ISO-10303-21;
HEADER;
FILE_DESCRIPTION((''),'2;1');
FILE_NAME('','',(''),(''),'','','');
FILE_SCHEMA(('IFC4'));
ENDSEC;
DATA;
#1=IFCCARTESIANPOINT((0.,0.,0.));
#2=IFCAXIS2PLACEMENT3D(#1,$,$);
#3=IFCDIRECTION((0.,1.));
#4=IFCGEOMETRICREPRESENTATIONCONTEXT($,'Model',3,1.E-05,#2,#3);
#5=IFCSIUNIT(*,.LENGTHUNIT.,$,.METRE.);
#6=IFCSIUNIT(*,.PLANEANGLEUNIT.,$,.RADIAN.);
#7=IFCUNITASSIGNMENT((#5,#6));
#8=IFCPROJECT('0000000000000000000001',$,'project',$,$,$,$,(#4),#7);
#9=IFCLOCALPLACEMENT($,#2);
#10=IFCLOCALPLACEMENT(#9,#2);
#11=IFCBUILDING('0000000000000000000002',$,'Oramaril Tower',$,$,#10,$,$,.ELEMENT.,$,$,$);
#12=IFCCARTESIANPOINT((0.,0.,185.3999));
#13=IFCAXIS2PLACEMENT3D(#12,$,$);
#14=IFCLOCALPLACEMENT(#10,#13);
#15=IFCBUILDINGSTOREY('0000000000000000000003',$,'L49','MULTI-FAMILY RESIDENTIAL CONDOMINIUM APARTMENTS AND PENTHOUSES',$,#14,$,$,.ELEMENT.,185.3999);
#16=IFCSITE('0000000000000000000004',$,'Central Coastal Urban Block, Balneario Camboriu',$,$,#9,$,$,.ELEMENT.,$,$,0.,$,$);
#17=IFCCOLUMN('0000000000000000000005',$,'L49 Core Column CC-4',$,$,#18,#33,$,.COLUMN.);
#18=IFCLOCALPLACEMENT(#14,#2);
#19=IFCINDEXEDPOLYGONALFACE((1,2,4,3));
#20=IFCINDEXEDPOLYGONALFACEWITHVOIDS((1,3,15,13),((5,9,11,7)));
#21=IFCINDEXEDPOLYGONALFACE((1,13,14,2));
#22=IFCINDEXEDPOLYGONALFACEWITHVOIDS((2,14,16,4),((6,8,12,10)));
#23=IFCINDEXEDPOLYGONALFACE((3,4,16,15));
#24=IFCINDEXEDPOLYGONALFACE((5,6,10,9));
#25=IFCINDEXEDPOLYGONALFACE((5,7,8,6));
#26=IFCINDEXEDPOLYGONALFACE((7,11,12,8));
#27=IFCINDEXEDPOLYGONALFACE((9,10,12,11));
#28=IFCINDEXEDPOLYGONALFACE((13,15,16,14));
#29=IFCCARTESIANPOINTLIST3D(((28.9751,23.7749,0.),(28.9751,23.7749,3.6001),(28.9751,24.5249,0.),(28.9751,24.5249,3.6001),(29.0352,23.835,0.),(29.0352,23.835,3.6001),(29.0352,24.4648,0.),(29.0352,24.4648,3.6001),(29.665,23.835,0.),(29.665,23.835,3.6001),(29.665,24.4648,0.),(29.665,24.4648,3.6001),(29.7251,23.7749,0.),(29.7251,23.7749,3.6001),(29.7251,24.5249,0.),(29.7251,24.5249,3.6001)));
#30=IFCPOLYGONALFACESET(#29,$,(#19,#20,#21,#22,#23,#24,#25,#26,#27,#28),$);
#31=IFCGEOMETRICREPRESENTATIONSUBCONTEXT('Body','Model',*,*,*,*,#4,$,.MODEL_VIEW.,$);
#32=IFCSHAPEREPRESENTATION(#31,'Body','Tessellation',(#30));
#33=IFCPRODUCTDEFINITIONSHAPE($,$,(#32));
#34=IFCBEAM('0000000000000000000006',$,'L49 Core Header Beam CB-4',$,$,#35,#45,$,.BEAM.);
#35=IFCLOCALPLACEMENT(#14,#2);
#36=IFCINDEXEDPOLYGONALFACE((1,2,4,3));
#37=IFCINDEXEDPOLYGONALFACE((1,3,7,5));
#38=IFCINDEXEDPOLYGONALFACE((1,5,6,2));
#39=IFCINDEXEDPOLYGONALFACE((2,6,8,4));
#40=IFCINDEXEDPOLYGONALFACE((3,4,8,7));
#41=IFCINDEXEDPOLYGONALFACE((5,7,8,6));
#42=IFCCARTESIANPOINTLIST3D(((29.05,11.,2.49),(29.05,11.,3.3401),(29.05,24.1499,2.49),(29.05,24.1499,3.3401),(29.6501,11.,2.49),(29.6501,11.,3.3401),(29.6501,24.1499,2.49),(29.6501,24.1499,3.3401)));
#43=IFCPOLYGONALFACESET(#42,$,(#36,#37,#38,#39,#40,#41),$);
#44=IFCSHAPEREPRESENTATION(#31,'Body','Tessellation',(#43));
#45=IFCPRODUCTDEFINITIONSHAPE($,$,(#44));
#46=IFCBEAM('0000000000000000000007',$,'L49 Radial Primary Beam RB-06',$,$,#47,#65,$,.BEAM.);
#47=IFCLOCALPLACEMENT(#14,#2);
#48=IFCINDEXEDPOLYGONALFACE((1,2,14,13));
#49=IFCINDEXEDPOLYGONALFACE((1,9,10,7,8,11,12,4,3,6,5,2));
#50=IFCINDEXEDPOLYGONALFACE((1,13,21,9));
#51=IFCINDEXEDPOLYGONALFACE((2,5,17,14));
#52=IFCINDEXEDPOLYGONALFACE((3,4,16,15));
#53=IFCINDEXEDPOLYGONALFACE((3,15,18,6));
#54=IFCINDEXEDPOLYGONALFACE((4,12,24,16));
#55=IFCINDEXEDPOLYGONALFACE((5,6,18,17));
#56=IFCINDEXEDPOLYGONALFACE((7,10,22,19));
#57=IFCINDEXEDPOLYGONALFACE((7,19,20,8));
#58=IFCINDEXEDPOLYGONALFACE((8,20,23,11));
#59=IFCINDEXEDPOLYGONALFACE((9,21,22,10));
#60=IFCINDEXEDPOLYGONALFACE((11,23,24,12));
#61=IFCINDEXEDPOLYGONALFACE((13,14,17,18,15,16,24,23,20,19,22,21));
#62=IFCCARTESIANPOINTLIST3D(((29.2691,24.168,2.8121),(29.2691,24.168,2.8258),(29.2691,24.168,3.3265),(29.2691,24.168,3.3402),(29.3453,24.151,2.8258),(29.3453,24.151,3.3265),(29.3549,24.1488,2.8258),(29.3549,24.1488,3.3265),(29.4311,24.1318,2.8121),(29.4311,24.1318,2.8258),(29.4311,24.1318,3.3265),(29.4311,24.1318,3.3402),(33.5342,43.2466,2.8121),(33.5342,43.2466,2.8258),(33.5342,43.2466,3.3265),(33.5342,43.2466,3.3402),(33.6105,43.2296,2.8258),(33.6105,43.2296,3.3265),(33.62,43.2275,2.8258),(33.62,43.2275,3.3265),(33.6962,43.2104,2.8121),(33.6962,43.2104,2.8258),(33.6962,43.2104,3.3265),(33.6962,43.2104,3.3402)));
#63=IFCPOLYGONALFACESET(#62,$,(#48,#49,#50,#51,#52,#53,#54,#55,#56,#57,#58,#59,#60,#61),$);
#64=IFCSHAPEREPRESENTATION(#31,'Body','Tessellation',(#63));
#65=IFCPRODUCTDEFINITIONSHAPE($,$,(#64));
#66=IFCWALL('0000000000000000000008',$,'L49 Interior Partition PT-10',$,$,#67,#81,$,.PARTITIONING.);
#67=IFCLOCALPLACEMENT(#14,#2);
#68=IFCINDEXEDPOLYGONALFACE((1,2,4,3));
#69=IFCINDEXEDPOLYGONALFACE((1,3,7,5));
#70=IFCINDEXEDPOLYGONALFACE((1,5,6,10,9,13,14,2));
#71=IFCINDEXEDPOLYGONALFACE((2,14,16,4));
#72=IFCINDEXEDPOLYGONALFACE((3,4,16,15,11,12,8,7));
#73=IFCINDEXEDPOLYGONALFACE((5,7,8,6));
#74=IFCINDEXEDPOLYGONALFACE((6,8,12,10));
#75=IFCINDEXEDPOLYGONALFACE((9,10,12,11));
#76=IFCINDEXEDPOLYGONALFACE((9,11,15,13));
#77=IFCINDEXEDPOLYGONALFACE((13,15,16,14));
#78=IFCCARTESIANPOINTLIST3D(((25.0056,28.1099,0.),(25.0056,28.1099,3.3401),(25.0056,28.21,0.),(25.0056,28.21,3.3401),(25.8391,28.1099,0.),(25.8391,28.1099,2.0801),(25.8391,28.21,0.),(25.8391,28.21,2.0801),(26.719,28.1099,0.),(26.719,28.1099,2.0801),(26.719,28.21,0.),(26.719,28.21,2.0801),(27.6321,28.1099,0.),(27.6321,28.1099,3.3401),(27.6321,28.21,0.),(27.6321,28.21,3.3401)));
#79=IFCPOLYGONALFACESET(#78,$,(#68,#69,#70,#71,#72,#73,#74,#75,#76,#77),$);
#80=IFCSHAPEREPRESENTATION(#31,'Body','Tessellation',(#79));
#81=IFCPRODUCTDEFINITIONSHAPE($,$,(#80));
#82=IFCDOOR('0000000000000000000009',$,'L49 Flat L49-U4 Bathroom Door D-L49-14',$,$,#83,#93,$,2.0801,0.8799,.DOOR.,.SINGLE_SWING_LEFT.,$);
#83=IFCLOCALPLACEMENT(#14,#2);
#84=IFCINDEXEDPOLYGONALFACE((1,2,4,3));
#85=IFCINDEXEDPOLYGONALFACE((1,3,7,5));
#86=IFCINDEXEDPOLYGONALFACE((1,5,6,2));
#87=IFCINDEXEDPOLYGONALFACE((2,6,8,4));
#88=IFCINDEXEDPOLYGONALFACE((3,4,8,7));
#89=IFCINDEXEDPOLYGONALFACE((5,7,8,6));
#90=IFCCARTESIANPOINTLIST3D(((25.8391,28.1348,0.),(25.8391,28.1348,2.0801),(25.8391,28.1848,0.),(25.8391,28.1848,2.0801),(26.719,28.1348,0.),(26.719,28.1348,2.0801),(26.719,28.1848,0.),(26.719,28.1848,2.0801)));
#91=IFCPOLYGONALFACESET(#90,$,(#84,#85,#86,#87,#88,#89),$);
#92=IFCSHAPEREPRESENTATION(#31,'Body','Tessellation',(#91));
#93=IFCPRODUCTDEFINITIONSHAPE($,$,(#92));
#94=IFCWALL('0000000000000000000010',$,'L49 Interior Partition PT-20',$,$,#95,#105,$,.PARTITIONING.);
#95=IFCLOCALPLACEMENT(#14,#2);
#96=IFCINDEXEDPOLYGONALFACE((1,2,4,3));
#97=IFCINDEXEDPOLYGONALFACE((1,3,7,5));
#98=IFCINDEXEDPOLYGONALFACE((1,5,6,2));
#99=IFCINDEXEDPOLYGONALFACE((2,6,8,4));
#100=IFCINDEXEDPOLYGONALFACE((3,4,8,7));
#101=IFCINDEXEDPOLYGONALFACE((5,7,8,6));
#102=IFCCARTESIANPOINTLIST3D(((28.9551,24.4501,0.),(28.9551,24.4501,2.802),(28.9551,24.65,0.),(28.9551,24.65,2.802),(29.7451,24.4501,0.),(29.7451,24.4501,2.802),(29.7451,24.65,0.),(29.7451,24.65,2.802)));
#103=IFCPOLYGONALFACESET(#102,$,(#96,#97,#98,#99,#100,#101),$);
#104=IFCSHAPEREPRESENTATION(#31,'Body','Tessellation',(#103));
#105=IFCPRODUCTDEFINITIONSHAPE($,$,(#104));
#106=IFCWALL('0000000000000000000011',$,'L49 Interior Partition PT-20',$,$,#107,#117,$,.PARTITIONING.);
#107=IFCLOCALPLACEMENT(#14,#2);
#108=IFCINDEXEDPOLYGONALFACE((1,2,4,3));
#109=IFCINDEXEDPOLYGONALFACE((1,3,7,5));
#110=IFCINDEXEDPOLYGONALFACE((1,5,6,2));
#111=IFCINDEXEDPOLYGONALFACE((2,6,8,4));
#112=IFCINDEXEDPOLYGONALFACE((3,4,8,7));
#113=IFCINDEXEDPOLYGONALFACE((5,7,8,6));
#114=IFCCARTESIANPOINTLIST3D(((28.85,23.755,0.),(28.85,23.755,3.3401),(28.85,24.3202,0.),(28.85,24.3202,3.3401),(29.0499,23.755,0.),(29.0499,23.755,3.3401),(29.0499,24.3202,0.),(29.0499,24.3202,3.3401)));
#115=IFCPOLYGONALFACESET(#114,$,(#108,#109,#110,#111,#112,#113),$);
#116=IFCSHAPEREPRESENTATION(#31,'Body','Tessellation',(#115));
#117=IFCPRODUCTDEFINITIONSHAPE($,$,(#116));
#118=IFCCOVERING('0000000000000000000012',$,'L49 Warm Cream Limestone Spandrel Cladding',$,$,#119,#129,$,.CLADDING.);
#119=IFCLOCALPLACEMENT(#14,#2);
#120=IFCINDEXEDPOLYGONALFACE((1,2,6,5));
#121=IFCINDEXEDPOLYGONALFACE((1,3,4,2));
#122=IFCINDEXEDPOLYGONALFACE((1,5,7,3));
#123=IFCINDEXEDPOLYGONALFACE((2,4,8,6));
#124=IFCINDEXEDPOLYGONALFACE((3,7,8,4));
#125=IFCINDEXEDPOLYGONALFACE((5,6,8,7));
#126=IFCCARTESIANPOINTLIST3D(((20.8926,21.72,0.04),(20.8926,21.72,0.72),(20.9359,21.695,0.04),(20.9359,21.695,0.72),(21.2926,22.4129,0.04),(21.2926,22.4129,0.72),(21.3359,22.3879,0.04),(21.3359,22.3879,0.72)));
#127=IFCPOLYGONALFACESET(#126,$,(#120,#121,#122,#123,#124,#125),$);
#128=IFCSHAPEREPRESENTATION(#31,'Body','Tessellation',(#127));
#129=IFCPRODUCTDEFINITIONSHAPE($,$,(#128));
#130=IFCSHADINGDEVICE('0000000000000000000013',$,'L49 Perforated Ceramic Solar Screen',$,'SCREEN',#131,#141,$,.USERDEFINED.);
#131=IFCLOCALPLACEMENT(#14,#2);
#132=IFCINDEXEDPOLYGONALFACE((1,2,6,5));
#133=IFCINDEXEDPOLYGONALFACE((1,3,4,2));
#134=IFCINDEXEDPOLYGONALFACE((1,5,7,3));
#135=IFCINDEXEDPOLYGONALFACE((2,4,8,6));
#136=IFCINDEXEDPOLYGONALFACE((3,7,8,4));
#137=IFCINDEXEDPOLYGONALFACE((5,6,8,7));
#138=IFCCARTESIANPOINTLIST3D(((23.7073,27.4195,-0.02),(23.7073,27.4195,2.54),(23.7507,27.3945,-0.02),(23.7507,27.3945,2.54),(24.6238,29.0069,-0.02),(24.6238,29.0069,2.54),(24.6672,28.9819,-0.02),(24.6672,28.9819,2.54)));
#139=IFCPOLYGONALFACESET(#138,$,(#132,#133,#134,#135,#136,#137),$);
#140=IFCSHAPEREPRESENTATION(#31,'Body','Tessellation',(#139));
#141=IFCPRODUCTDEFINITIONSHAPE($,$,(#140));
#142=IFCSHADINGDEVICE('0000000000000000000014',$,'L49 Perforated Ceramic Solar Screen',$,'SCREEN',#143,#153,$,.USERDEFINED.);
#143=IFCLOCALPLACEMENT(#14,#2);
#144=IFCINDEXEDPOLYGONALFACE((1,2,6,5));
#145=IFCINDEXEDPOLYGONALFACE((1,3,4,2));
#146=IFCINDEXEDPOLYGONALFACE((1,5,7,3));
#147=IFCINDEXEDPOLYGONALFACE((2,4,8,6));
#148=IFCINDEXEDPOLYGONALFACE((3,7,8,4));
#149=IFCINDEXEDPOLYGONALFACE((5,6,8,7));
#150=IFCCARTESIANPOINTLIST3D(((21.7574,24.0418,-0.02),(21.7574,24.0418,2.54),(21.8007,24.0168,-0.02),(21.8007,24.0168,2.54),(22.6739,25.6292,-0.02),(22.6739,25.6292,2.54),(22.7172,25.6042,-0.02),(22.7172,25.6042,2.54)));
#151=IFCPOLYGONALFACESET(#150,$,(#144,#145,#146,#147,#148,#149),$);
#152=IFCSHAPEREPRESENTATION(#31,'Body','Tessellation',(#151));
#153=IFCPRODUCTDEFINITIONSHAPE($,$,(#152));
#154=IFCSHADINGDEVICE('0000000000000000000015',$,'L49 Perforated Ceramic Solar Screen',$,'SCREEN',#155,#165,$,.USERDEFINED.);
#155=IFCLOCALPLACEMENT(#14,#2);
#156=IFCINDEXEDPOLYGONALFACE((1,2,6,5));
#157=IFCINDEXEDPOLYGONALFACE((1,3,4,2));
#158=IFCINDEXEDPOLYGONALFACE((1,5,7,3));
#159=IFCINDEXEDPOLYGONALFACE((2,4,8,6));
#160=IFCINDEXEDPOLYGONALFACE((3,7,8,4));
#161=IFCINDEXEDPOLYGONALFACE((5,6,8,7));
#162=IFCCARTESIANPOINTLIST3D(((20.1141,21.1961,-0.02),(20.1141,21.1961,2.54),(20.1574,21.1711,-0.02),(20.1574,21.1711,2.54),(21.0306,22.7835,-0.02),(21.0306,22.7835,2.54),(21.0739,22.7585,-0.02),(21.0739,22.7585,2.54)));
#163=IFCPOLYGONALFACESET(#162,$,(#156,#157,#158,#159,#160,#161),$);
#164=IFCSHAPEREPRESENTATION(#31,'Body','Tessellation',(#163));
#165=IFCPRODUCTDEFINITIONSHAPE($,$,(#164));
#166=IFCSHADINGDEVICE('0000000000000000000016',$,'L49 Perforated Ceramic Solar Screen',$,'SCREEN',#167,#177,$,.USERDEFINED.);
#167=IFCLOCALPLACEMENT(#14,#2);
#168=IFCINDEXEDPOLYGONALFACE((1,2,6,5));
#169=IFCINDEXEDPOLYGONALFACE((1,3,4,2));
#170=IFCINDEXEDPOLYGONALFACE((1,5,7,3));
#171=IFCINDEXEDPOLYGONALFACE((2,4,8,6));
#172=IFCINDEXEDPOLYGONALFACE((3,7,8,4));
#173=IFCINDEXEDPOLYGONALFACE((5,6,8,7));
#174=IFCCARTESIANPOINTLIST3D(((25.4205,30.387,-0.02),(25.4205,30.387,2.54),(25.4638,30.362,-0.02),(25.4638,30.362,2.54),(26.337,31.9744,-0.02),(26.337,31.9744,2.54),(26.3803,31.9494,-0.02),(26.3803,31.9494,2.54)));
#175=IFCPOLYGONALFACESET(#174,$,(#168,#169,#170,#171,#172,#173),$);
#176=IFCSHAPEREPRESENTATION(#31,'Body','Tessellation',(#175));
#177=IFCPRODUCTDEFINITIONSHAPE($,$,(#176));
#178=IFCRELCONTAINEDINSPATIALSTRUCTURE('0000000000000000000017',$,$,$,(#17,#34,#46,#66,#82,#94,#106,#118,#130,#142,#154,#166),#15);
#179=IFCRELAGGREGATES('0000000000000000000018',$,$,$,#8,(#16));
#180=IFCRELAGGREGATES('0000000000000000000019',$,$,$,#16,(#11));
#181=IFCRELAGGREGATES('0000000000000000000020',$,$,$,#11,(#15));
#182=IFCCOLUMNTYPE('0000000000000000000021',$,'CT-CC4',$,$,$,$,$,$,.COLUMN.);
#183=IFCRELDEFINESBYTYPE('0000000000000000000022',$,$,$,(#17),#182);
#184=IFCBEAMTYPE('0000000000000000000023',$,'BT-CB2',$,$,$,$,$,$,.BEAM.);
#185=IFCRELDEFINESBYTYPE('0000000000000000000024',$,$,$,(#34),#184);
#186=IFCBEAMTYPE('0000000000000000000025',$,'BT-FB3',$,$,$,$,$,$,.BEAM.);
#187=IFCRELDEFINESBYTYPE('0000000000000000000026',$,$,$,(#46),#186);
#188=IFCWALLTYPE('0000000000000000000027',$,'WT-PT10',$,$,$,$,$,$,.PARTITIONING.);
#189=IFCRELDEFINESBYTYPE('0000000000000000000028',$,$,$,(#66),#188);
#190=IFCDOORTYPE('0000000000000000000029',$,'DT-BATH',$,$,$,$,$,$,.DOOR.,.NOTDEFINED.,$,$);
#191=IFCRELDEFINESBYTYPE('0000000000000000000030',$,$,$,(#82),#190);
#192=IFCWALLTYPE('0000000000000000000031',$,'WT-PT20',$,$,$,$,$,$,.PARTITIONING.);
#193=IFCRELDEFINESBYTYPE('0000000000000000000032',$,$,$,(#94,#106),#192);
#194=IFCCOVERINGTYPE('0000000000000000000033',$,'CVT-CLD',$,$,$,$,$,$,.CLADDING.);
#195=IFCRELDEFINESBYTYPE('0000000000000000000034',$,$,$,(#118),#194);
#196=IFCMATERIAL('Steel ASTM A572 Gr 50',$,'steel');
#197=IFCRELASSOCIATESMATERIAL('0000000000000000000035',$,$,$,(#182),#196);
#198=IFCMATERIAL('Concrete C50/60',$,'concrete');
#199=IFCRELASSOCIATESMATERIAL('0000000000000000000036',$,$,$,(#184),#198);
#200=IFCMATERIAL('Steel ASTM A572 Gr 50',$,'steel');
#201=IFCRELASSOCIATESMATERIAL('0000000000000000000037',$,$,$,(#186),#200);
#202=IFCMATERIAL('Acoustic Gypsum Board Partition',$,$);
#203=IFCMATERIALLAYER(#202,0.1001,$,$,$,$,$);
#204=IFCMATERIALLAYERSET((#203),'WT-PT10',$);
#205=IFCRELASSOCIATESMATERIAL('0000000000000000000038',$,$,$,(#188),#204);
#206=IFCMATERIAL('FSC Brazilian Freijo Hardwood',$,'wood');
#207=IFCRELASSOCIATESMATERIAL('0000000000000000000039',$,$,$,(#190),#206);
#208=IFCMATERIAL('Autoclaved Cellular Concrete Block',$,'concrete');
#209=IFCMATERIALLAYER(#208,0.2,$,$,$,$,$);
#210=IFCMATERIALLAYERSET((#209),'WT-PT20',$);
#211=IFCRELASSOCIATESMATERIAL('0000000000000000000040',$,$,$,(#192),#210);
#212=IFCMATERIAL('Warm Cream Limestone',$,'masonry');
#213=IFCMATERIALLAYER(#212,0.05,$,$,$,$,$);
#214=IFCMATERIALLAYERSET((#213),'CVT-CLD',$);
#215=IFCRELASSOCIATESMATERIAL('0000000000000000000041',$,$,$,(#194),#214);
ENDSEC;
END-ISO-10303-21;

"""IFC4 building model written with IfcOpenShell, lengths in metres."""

from ifc_helpers import new_model, si_unit, direction, frame, frame_2d, origin, origin_2d, place, context, subcontext, project, spatial, rectangle, hollow_rectangle, i_section, extrude, material, layer, layer_set, material_profile, profile_set, type_object, element, fill, save


model = new_model("IFC4")

# Units and contexts
model_context = context("Model", 3, precision=1e-05, world=origin(), true_north=direction((0.0, 1.0)))
body_context = subcontext(model_context, "Body", "Model", "MODEL_VIEW")
ifc_project = project(units=[si_unit("LENGTHUNIT", "METRE"), si_unit("PLANEANGLEUNIT", "RADIAN")], contexts=[model_context])

# Site, building, storey
site_placement = place(None, origin())
site = spatial("IfcSite", under=ifc_project, at=site_placement, Name="Central Coastal Urban Block, Balneario Camboriu", CompositionType="ELEMENT", RefElevation=0.0)
building_placement = place(site_placement, origin())
building = spatial("IfcBuilding", under=site, at=building_placement, Name="Oramaril Tower", CompositionType="ELEMENT")
storey_placement = place(building_placement, frame((0.0, 0.0, 185.3999)))
storey = spatial("IfcBuildingStorey", under=building, at=storey_placement, Name="L49", Description="MULTI-FAMILY RESIDENTIAL CONDOMINIUM APARTMENTS AND PENTHOUSES", CompositionType="ELEMENT", Elevation=185.3999)

# Column
ifc_material_1 = material(Name="Steel ASTM A572 Gr 50", Category="steel")
ifc_material_profile_1 = material_profile(ifc_material_1, hollow_rectangle(XDim=0.75, YDim=0.75, WallThickness=0.0601, at=origin_2d()), Name="BOX750X750X60")
ifc_profile_set_1 = profile_set([ifc_material_profile_1], Name="Steel ASTM A572 Gr 50")
column_type = type_object("IfcColumnType", Name="CT-CC4", PredefinedType="COLUMN", material=ifc_profile_set_1)
column_placement = place(storey_placement, frame((29.3501, 24.1499, 0.0), z_axis=(0.0, 0.0, 1.0), x_axis=(1.0, 0.0, 0.0)))
element("IfcColumn", 1, at=column_placement, inside=storey, type_object=column_type, Name="L49 Core Column CC-4", PredefinedType="COLUMN", context=body_context, shape_type="SweptSolid", body=[
    extrude(hollow_rectangle(XDim=0.75, YDim=0.75, WallThickness=0.0601, at=origin_2d()), origin(), (0.0, 0.0, 1.0), 3.6001),
])

# Beams
ifc_material_2 = material(Name="Concrete C50/60", Category="concrete")
ifc_material_profile_2 = material_profile(ifc_material_2, rectangle(XDim=0.6001, YDim=0.8501, at=origin_2d()), Name="CB600X850")
ifc_profile_set_2 = profile_set([ifc_material_profile_2], Name="Concrete C50/60")
beam_type_1 = type_object("IfcBeamType", Name="BT-CB2", PredefinedType="BEAM", material=ifc_profile_set_2)
beam_1_placement = place(storey_placement, frame((29.3501, 24.1499, 2.915), z_axis=(0.0, -1.0, 0.0), x_axis=(1.0, 0.0, 0.0)))
element("IfcBeam", 2, at=beam_1_placement, inside=storey, type_object=beam_type_1, Name="L49 Core Header Beam CB-4", PredefinedType="BEAM", context=body_context, shape_type="SweptSolid", body=[
    extrude(rectangle(XDim=0.6001, YDim=0.8501, at=origin_2d()), origin(), (0.0, 0.0, 1.0), 13.1499),
])
ifc_material_3 = material(Name="Steel ASTM A572 Gr 50", Category="steel")
ifc_material_profile_3 = material_profile(ifc_material_3, i_section(OverallWidth=0.166, OverallDepth=0.5281, WebThickness=0.0098, FlangeThickness=0.0137, at=origin_2d()), Name="W21X50")
ifc_profile_set_3 = profile_set([ifc_material_profile_3], Name="Steel ASTM A572 Gr 50")
beam_type_2 = type_object("IfcBeamType", Name="BT-FB3", PredefinedType="BEAM", material=ifc_profile_set_3)
beam_2_placement = place(storey_placement, frame((29.3501, 24.1499, 3.0762), z_axis=(0.218171, 0.975911, 0.0), x_axis=(-0.975911, 0.218171, 0.0)))
element("IfcBeam", 3, at=beam_2_placement, inside=storey, type_object=beam_type_2, Name="L49 Radial Primary Beam RB-06", PredefinedType="BEAM", context=body_context, shape_type="SweptSolid", body=[
    extrude(i_section(OverallWidth=0.166, OverallDepth=0.5281, WebThickness=0.0098, FlangeThickness=0.0137, at=origin_2d()), origin(), (0.0, 0.0, 1.0), 19.5496),
])

# Wall, opening, door
ifc_material_4 = material(Name="Acoustic Gypsum Board Partition")
ifc_layer_1 = layer(ifc_material_4, 0.1001)
ifc_layer_set_1 = layer_set([ifc_layer_1], Name="WT-PT10")
wall_type_1 = type_object("IfcWallType", Name="WT-PT10", PredefinedType="PARTITIONING", material=ifc_layer_set_1)
wall_1_placement = place(storey_placement, frame((25.0056, 28.1599, 0.0), z_axis=(0.0, 0.0, 1.0), x_axis=(1.0, 0.0, 0.0)))
wall_1 = element("IfcWall", 4, at=wall_1_placement, inside=storey, type_object=wall_type_1, Name="L49 Interior Partition PT-10", PredefinedType="PARTITIONING", context=body_context, shape_type="SweptSolid", body=[
    extrude(rectangle(XDim=2.6265, YDim=0.1001, at=frame_2d((1.3132, 0.0))), origin(), (0.0, 0.0, 1.0), 3.3401),
])
opening_1_placement = place(wall_1_placement, frame((0.8335, 0.0, 0.0)))
opening_1 = element("IfcOpeningElement", 5, at=opening_1_placement, cuts=wall_1, PredefinedType="OPENING", context=body_context, shape_type="SweptSolid", body=[
    extrude(rectangle(XDim=0.8799, YDim=2.0801, at=frame_2d((0.4399, 1.04))), frame((0.0, 0.05, 0.0), z_axis=(0.0, -1.0, 0.0), x_axis=(1.0, 0.0, 0.0)), (0.0, 0.0, 1.0), 0.1001),
])
ifc_material_5 = material(Name="FSC Brazilian Freijo Hardwood", Category="wood")
door_type_1 = type_object("IfcDoorType", Name="DT-BATH", OperationType="NOTDEFINED", PredefinedType="DOOR", material=ifc_material_5)
door_1_placement = place(opening_1_placement, origin())
door_1 = element("IfcDoor", 6, at=door_1_placement, inside=storey, type_object=door_type_1, Name="L49 Flat L49-U4 Bathroom Door D-L49-14", OperationType="SINGLE_SWING_LEFT", OverallHeight=2.0801, OverallWidth=0.8799, PredefinedType="DOOR", context=body_context, shape_type="SweptSolid", body=[
    extrude(rectangle(XDim=0.8799, YDim=2.0801, at=frame_2d((0.4399, 1.04))), frame((0.0, 0.0249, 0.0), z_axis=(0.0, -1.0, 0.0), x_axis=(1.0, 0.0, 0.0)), (0.0, 0.0, 1.0), 0.05),
])
fill(opening_1, door_1)

# Wall
ifc_material_6 = material(Name="Autoclaved Cellular Concrete Block", Category="concrete")
ifc_layer_2 = layer(ifc_material_6, 0.2)
ifc_layer_set_2 = layer_set([ifc_layer_2], Name="WT-PT20")
wall_type_2 = type_object("IfcWallType", Name="WT-PT20", PredefinedType="PARTITIONING", material=ifc_layer_set_2)
wall_2_placement = place(storey_placement, frame((28.9551, 24.55, 0.0), z_axis=(0.0, 0.0, 1.0), x_axis=(1.0, 0.0, 0.0)))
element("IfcWall", 7, at=wall_2_placement, inside=storey, type_object=wall_type_2, Name="L49 Interior Partition PT-20", PredefinedType="PARTITIONING", context=body_context, shape_type="SweptSolid", body=[
    extrude(rectangle(XDim=0.79, YDim=0.2, at=frame_2d((0.395, 0.0))), origin(), (0.0, 0.0, 1.0), 2.802),
])

# Wall
wall_3_placement = place(storey_placement, frame((28.95, 23.7549, 0.0), z_axis=(0.0, 0.0, 1.0), x_axis=(0.0, 1.0, 0.0)))
element("IfcWall", 8, at=wall_3_placement, inside=storey, type_object=wall_type_2, Name="L49 Interior Partition PT-20", PredefinedType="PARTITIONING", context=body_context, shape_type="SweptSolid", body=[
    extrude(rectangle(XDim=0.5652, YDim=0.2, at=frame_2d((0.2827, 0.0))), origin(), (0.0, 0.0, 1.0), 3.3401),
])

# Covering
ifc_material_7 = material(Name="Warm Cream Limestone", Category="masonry")
ifc_layer_3 = layer(ifc_material_7, 0.05)
ifc_layer_set_3 = layer_set([ifc_layer_3], Name="CVT-CLD")
covering_type = type_object("IfcCoveringType", Name="CVT-CLD", PredefinedType="CLADDING", material=ifc_layer_set_3)
covering_placement = place(storey_placement, frame((21.1143, 22.054, 0.04), z_axis=(0.0, 0.0, 1.0), x_axis=(-0.5, -0.866025, 0.0)))
element("IfcCovering", 9, at=covering_placement, inside=storey, type_object=covering_type, Name="L49 Warm Cream Limestone Spandrel Cladding", PredefinedType="CLADDING", context=body_context, shape_type="SweptSolid", body=[
    extrude(rectangle(XDim=0.8, YDim=0.05, at=origin_2d()), origin(), (0.0, 0.0, 1.0), 0.6799),
])

# Shading devices
for number, where, z_axis, x_axis, name in (
    (10, (24.1873, 28.2007, -0.02), (0.0, 0.0, 1.0), (-0.5, -0.866025, 0.0), "L49 Perforated Ceramic Solar Screen"),
    (11, (22.2373, 24.823, -0.02), (0.0, 0.0, 1.0), (-0.5, -0.866025, 0.0), "L49 Perforated Ceramic Solar Screen"),
    (12, (20.594, 21.9773, -0.02), (0.0, 0.0, 1.0), (-0.5, -0.866025, 0.0), "L49 Perforated Ceramic Solar Screen"),
    (13, (25.9004, 31.1682, -0.02), (0.0, 0.0, 1.0), (-0.5, -0.866025, 0.0), "L49 Perforated Ceramic Solar Screen"),
):
    element("IfcShadingDevice", number, at=place(storey_placement, frame(where, z_axis=z_axis, x_axis=x_axis)), inside=storey, Name=name, ObjectType="SCREEN", PredefinedType="USERDEFINED", context=body_context, shape_type="SweptSolid", body=[
        extrude(rectangle(XDim=1.833, YDim=0.05, at=origin_2d()), origin(), (0.0, 0.0, 1.0), 2.5601),
    ])

save(model, "model.ifc")
